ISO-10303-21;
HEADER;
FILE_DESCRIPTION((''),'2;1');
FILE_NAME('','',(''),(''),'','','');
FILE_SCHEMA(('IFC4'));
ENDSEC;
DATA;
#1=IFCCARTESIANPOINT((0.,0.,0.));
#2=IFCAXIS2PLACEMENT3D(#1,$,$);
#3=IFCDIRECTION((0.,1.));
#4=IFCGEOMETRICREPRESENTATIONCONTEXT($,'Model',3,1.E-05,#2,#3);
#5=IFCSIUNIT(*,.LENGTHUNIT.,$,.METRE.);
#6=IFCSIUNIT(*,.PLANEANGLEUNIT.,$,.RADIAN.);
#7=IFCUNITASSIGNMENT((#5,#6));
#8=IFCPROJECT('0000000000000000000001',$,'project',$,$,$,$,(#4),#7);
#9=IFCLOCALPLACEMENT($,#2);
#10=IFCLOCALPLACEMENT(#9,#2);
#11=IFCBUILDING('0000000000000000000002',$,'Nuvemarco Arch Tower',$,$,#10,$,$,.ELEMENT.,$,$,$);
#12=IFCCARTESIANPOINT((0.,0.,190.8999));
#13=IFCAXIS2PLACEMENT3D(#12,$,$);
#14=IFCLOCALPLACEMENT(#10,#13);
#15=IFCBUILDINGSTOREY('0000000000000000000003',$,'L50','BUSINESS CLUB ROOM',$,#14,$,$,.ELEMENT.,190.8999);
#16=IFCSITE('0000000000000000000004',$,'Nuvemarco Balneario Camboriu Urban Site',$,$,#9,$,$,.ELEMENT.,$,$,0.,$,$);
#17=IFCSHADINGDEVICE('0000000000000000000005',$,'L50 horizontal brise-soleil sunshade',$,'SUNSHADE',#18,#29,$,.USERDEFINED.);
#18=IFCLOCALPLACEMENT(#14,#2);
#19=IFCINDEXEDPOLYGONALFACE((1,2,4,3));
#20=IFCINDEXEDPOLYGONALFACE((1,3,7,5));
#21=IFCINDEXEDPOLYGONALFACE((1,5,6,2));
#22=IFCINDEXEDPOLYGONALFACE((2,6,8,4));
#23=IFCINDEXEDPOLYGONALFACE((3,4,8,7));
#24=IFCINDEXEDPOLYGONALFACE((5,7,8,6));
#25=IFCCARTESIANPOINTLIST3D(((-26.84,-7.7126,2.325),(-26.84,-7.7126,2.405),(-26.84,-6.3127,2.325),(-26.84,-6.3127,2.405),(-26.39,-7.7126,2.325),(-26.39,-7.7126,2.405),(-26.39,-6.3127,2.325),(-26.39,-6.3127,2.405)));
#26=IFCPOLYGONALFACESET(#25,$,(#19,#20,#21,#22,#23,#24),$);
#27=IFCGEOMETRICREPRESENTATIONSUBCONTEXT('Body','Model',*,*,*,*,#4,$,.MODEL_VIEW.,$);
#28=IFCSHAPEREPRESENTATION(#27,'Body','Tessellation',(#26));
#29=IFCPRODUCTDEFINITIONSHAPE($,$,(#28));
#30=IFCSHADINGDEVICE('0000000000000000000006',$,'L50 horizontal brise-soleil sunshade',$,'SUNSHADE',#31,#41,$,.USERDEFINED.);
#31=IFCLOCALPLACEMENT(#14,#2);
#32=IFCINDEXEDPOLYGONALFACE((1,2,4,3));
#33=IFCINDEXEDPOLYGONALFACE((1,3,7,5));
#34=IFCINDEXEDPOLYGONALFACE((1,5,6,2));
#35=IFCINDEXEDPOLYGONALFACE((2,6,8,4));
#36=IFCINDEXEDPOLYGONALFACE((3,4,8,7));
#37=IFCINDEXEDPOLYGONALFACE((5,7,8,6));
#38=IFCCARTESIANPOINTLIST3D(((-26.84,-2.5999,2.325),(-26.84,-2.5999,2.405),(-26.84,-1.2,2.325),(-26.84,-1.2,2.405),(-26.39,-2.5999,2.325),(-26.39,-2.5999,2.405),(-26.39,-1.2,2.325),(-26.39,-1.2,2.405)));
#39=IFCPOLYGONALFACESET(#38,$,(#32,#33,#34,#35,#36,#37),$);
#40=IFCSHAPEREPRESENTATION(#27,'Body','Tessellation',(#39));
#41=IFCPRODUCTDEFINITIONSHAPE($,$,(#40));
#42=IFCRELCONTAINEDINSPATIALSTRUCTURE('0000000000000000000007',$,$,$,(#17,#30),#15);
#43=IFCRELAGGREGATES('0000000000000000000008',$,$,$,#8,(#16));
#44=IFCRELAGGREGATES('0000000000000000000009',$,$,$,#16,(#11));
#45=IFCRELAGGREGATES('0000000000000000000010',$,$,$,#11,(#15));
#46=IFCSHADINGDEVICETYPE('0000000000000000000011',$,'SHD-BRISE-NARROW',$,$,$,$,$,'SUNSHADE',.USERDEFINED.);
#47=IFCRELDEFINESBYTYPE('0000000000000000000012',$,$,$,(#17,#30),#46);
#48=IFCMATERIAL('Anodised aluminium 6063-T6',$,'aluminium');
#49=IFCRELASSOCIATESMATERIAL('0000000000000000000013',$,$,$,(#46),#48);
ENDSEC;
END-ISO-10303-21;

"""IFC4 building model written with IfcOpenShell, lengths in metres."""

from ifc_helpers import new_model, si_unit, direction, frame, origin, origin_2d, place, context, subcontext, project, spatial, rectangle, extrude, source, transform, mapped, material, type_object, type_shapes, element, save


model = new_model("IFC4")

# Units and contexts
model_context = context("Model", 3, precision=1e-05, world=origin(), true_north=direction((0.0, 1.0)))
body_context = subcontext(model_context, "Body", "Model", "MODEL_VIEW")
ifc_project = project(units=[si_unit("LENGTHUNIT", "METRE"), si_unit("PLANEANGLEUNIT", "RADIAN")], contexts=[model_context])

# Site, building, storey
site_placement = place(None, origin())
site = spatial("IfcSite", under=ifc_project, at=site_placement, Name="Nuvemarco Balneario Camboriu Urban Site", CompositionType="ELEMENT", RefElevation=0.0)
building_placement = place(site_placement, origin())
building = spatial("IfcBuilding", under=site, at=building_placement, Name="Nuvemarco Arch Tower", CompositionType="ELEMENT")
storey_placement = place(building_placement, frame((0.0, 0.0, 190.8999)))
storey = spatial("IfcBuildingStorey", under=building, at=storey_placement, Name="L50", Description="BUSINESS CLUB ROOM", CompositionType="ELEMENT", Elevation=190.8999)

# Shading devices
ifc_material_1 = material(Name="Anodised aluminium 6063-T6", Category="aluminium")
shading_device_type = type_object("IfcShadingDeviceType", Name="SHD-BRISE-NARROW", ElementType="SUNSHADE", PredefinedType="USERDEFINED", material=ifc_material_1)
shared_shape = source(origin(), body_context, "Body", "SweptSolid", [
    extrude(rectangle(XDim=1.3999, YDim=0.45, at=origin_2d()), origin(), (0.0, 0.0, 1.0), 0.0801),
])
type_shapes(shading_device_type, [shared_shape])
for number, where, z_axis, x_axis, name in (
    (1, (-26.615, -7.0127, 2.325), (0.0, 0.0, 1.0), (0.0, 1.0, 0.0), "L50 horizontal brise-soleil sunshade"),
    (2, (-26.615, -1.8999, 2.325), (0.0, 0.0, 1.0), (0.0, 1.0, 0.0), "L50 horizontal brise-soleil sunshade"),
):
    element("IfcShadingDevice", number, at=place(storey_placement, frame(where, z_axis=z_axis, x_axis=x_axis)), inside=storey, type_object=shading_device_type, Name=name, ObjectType="SUNSHADE", PredefinedType="USERDEFINED", context=body_context, shape_type="MappedRepresentation", body=[
        mapped(shared_shape, transform((0.0, 0.0, 0.0), scale=1.0)),
    ])

save(model, "model.ifc")
